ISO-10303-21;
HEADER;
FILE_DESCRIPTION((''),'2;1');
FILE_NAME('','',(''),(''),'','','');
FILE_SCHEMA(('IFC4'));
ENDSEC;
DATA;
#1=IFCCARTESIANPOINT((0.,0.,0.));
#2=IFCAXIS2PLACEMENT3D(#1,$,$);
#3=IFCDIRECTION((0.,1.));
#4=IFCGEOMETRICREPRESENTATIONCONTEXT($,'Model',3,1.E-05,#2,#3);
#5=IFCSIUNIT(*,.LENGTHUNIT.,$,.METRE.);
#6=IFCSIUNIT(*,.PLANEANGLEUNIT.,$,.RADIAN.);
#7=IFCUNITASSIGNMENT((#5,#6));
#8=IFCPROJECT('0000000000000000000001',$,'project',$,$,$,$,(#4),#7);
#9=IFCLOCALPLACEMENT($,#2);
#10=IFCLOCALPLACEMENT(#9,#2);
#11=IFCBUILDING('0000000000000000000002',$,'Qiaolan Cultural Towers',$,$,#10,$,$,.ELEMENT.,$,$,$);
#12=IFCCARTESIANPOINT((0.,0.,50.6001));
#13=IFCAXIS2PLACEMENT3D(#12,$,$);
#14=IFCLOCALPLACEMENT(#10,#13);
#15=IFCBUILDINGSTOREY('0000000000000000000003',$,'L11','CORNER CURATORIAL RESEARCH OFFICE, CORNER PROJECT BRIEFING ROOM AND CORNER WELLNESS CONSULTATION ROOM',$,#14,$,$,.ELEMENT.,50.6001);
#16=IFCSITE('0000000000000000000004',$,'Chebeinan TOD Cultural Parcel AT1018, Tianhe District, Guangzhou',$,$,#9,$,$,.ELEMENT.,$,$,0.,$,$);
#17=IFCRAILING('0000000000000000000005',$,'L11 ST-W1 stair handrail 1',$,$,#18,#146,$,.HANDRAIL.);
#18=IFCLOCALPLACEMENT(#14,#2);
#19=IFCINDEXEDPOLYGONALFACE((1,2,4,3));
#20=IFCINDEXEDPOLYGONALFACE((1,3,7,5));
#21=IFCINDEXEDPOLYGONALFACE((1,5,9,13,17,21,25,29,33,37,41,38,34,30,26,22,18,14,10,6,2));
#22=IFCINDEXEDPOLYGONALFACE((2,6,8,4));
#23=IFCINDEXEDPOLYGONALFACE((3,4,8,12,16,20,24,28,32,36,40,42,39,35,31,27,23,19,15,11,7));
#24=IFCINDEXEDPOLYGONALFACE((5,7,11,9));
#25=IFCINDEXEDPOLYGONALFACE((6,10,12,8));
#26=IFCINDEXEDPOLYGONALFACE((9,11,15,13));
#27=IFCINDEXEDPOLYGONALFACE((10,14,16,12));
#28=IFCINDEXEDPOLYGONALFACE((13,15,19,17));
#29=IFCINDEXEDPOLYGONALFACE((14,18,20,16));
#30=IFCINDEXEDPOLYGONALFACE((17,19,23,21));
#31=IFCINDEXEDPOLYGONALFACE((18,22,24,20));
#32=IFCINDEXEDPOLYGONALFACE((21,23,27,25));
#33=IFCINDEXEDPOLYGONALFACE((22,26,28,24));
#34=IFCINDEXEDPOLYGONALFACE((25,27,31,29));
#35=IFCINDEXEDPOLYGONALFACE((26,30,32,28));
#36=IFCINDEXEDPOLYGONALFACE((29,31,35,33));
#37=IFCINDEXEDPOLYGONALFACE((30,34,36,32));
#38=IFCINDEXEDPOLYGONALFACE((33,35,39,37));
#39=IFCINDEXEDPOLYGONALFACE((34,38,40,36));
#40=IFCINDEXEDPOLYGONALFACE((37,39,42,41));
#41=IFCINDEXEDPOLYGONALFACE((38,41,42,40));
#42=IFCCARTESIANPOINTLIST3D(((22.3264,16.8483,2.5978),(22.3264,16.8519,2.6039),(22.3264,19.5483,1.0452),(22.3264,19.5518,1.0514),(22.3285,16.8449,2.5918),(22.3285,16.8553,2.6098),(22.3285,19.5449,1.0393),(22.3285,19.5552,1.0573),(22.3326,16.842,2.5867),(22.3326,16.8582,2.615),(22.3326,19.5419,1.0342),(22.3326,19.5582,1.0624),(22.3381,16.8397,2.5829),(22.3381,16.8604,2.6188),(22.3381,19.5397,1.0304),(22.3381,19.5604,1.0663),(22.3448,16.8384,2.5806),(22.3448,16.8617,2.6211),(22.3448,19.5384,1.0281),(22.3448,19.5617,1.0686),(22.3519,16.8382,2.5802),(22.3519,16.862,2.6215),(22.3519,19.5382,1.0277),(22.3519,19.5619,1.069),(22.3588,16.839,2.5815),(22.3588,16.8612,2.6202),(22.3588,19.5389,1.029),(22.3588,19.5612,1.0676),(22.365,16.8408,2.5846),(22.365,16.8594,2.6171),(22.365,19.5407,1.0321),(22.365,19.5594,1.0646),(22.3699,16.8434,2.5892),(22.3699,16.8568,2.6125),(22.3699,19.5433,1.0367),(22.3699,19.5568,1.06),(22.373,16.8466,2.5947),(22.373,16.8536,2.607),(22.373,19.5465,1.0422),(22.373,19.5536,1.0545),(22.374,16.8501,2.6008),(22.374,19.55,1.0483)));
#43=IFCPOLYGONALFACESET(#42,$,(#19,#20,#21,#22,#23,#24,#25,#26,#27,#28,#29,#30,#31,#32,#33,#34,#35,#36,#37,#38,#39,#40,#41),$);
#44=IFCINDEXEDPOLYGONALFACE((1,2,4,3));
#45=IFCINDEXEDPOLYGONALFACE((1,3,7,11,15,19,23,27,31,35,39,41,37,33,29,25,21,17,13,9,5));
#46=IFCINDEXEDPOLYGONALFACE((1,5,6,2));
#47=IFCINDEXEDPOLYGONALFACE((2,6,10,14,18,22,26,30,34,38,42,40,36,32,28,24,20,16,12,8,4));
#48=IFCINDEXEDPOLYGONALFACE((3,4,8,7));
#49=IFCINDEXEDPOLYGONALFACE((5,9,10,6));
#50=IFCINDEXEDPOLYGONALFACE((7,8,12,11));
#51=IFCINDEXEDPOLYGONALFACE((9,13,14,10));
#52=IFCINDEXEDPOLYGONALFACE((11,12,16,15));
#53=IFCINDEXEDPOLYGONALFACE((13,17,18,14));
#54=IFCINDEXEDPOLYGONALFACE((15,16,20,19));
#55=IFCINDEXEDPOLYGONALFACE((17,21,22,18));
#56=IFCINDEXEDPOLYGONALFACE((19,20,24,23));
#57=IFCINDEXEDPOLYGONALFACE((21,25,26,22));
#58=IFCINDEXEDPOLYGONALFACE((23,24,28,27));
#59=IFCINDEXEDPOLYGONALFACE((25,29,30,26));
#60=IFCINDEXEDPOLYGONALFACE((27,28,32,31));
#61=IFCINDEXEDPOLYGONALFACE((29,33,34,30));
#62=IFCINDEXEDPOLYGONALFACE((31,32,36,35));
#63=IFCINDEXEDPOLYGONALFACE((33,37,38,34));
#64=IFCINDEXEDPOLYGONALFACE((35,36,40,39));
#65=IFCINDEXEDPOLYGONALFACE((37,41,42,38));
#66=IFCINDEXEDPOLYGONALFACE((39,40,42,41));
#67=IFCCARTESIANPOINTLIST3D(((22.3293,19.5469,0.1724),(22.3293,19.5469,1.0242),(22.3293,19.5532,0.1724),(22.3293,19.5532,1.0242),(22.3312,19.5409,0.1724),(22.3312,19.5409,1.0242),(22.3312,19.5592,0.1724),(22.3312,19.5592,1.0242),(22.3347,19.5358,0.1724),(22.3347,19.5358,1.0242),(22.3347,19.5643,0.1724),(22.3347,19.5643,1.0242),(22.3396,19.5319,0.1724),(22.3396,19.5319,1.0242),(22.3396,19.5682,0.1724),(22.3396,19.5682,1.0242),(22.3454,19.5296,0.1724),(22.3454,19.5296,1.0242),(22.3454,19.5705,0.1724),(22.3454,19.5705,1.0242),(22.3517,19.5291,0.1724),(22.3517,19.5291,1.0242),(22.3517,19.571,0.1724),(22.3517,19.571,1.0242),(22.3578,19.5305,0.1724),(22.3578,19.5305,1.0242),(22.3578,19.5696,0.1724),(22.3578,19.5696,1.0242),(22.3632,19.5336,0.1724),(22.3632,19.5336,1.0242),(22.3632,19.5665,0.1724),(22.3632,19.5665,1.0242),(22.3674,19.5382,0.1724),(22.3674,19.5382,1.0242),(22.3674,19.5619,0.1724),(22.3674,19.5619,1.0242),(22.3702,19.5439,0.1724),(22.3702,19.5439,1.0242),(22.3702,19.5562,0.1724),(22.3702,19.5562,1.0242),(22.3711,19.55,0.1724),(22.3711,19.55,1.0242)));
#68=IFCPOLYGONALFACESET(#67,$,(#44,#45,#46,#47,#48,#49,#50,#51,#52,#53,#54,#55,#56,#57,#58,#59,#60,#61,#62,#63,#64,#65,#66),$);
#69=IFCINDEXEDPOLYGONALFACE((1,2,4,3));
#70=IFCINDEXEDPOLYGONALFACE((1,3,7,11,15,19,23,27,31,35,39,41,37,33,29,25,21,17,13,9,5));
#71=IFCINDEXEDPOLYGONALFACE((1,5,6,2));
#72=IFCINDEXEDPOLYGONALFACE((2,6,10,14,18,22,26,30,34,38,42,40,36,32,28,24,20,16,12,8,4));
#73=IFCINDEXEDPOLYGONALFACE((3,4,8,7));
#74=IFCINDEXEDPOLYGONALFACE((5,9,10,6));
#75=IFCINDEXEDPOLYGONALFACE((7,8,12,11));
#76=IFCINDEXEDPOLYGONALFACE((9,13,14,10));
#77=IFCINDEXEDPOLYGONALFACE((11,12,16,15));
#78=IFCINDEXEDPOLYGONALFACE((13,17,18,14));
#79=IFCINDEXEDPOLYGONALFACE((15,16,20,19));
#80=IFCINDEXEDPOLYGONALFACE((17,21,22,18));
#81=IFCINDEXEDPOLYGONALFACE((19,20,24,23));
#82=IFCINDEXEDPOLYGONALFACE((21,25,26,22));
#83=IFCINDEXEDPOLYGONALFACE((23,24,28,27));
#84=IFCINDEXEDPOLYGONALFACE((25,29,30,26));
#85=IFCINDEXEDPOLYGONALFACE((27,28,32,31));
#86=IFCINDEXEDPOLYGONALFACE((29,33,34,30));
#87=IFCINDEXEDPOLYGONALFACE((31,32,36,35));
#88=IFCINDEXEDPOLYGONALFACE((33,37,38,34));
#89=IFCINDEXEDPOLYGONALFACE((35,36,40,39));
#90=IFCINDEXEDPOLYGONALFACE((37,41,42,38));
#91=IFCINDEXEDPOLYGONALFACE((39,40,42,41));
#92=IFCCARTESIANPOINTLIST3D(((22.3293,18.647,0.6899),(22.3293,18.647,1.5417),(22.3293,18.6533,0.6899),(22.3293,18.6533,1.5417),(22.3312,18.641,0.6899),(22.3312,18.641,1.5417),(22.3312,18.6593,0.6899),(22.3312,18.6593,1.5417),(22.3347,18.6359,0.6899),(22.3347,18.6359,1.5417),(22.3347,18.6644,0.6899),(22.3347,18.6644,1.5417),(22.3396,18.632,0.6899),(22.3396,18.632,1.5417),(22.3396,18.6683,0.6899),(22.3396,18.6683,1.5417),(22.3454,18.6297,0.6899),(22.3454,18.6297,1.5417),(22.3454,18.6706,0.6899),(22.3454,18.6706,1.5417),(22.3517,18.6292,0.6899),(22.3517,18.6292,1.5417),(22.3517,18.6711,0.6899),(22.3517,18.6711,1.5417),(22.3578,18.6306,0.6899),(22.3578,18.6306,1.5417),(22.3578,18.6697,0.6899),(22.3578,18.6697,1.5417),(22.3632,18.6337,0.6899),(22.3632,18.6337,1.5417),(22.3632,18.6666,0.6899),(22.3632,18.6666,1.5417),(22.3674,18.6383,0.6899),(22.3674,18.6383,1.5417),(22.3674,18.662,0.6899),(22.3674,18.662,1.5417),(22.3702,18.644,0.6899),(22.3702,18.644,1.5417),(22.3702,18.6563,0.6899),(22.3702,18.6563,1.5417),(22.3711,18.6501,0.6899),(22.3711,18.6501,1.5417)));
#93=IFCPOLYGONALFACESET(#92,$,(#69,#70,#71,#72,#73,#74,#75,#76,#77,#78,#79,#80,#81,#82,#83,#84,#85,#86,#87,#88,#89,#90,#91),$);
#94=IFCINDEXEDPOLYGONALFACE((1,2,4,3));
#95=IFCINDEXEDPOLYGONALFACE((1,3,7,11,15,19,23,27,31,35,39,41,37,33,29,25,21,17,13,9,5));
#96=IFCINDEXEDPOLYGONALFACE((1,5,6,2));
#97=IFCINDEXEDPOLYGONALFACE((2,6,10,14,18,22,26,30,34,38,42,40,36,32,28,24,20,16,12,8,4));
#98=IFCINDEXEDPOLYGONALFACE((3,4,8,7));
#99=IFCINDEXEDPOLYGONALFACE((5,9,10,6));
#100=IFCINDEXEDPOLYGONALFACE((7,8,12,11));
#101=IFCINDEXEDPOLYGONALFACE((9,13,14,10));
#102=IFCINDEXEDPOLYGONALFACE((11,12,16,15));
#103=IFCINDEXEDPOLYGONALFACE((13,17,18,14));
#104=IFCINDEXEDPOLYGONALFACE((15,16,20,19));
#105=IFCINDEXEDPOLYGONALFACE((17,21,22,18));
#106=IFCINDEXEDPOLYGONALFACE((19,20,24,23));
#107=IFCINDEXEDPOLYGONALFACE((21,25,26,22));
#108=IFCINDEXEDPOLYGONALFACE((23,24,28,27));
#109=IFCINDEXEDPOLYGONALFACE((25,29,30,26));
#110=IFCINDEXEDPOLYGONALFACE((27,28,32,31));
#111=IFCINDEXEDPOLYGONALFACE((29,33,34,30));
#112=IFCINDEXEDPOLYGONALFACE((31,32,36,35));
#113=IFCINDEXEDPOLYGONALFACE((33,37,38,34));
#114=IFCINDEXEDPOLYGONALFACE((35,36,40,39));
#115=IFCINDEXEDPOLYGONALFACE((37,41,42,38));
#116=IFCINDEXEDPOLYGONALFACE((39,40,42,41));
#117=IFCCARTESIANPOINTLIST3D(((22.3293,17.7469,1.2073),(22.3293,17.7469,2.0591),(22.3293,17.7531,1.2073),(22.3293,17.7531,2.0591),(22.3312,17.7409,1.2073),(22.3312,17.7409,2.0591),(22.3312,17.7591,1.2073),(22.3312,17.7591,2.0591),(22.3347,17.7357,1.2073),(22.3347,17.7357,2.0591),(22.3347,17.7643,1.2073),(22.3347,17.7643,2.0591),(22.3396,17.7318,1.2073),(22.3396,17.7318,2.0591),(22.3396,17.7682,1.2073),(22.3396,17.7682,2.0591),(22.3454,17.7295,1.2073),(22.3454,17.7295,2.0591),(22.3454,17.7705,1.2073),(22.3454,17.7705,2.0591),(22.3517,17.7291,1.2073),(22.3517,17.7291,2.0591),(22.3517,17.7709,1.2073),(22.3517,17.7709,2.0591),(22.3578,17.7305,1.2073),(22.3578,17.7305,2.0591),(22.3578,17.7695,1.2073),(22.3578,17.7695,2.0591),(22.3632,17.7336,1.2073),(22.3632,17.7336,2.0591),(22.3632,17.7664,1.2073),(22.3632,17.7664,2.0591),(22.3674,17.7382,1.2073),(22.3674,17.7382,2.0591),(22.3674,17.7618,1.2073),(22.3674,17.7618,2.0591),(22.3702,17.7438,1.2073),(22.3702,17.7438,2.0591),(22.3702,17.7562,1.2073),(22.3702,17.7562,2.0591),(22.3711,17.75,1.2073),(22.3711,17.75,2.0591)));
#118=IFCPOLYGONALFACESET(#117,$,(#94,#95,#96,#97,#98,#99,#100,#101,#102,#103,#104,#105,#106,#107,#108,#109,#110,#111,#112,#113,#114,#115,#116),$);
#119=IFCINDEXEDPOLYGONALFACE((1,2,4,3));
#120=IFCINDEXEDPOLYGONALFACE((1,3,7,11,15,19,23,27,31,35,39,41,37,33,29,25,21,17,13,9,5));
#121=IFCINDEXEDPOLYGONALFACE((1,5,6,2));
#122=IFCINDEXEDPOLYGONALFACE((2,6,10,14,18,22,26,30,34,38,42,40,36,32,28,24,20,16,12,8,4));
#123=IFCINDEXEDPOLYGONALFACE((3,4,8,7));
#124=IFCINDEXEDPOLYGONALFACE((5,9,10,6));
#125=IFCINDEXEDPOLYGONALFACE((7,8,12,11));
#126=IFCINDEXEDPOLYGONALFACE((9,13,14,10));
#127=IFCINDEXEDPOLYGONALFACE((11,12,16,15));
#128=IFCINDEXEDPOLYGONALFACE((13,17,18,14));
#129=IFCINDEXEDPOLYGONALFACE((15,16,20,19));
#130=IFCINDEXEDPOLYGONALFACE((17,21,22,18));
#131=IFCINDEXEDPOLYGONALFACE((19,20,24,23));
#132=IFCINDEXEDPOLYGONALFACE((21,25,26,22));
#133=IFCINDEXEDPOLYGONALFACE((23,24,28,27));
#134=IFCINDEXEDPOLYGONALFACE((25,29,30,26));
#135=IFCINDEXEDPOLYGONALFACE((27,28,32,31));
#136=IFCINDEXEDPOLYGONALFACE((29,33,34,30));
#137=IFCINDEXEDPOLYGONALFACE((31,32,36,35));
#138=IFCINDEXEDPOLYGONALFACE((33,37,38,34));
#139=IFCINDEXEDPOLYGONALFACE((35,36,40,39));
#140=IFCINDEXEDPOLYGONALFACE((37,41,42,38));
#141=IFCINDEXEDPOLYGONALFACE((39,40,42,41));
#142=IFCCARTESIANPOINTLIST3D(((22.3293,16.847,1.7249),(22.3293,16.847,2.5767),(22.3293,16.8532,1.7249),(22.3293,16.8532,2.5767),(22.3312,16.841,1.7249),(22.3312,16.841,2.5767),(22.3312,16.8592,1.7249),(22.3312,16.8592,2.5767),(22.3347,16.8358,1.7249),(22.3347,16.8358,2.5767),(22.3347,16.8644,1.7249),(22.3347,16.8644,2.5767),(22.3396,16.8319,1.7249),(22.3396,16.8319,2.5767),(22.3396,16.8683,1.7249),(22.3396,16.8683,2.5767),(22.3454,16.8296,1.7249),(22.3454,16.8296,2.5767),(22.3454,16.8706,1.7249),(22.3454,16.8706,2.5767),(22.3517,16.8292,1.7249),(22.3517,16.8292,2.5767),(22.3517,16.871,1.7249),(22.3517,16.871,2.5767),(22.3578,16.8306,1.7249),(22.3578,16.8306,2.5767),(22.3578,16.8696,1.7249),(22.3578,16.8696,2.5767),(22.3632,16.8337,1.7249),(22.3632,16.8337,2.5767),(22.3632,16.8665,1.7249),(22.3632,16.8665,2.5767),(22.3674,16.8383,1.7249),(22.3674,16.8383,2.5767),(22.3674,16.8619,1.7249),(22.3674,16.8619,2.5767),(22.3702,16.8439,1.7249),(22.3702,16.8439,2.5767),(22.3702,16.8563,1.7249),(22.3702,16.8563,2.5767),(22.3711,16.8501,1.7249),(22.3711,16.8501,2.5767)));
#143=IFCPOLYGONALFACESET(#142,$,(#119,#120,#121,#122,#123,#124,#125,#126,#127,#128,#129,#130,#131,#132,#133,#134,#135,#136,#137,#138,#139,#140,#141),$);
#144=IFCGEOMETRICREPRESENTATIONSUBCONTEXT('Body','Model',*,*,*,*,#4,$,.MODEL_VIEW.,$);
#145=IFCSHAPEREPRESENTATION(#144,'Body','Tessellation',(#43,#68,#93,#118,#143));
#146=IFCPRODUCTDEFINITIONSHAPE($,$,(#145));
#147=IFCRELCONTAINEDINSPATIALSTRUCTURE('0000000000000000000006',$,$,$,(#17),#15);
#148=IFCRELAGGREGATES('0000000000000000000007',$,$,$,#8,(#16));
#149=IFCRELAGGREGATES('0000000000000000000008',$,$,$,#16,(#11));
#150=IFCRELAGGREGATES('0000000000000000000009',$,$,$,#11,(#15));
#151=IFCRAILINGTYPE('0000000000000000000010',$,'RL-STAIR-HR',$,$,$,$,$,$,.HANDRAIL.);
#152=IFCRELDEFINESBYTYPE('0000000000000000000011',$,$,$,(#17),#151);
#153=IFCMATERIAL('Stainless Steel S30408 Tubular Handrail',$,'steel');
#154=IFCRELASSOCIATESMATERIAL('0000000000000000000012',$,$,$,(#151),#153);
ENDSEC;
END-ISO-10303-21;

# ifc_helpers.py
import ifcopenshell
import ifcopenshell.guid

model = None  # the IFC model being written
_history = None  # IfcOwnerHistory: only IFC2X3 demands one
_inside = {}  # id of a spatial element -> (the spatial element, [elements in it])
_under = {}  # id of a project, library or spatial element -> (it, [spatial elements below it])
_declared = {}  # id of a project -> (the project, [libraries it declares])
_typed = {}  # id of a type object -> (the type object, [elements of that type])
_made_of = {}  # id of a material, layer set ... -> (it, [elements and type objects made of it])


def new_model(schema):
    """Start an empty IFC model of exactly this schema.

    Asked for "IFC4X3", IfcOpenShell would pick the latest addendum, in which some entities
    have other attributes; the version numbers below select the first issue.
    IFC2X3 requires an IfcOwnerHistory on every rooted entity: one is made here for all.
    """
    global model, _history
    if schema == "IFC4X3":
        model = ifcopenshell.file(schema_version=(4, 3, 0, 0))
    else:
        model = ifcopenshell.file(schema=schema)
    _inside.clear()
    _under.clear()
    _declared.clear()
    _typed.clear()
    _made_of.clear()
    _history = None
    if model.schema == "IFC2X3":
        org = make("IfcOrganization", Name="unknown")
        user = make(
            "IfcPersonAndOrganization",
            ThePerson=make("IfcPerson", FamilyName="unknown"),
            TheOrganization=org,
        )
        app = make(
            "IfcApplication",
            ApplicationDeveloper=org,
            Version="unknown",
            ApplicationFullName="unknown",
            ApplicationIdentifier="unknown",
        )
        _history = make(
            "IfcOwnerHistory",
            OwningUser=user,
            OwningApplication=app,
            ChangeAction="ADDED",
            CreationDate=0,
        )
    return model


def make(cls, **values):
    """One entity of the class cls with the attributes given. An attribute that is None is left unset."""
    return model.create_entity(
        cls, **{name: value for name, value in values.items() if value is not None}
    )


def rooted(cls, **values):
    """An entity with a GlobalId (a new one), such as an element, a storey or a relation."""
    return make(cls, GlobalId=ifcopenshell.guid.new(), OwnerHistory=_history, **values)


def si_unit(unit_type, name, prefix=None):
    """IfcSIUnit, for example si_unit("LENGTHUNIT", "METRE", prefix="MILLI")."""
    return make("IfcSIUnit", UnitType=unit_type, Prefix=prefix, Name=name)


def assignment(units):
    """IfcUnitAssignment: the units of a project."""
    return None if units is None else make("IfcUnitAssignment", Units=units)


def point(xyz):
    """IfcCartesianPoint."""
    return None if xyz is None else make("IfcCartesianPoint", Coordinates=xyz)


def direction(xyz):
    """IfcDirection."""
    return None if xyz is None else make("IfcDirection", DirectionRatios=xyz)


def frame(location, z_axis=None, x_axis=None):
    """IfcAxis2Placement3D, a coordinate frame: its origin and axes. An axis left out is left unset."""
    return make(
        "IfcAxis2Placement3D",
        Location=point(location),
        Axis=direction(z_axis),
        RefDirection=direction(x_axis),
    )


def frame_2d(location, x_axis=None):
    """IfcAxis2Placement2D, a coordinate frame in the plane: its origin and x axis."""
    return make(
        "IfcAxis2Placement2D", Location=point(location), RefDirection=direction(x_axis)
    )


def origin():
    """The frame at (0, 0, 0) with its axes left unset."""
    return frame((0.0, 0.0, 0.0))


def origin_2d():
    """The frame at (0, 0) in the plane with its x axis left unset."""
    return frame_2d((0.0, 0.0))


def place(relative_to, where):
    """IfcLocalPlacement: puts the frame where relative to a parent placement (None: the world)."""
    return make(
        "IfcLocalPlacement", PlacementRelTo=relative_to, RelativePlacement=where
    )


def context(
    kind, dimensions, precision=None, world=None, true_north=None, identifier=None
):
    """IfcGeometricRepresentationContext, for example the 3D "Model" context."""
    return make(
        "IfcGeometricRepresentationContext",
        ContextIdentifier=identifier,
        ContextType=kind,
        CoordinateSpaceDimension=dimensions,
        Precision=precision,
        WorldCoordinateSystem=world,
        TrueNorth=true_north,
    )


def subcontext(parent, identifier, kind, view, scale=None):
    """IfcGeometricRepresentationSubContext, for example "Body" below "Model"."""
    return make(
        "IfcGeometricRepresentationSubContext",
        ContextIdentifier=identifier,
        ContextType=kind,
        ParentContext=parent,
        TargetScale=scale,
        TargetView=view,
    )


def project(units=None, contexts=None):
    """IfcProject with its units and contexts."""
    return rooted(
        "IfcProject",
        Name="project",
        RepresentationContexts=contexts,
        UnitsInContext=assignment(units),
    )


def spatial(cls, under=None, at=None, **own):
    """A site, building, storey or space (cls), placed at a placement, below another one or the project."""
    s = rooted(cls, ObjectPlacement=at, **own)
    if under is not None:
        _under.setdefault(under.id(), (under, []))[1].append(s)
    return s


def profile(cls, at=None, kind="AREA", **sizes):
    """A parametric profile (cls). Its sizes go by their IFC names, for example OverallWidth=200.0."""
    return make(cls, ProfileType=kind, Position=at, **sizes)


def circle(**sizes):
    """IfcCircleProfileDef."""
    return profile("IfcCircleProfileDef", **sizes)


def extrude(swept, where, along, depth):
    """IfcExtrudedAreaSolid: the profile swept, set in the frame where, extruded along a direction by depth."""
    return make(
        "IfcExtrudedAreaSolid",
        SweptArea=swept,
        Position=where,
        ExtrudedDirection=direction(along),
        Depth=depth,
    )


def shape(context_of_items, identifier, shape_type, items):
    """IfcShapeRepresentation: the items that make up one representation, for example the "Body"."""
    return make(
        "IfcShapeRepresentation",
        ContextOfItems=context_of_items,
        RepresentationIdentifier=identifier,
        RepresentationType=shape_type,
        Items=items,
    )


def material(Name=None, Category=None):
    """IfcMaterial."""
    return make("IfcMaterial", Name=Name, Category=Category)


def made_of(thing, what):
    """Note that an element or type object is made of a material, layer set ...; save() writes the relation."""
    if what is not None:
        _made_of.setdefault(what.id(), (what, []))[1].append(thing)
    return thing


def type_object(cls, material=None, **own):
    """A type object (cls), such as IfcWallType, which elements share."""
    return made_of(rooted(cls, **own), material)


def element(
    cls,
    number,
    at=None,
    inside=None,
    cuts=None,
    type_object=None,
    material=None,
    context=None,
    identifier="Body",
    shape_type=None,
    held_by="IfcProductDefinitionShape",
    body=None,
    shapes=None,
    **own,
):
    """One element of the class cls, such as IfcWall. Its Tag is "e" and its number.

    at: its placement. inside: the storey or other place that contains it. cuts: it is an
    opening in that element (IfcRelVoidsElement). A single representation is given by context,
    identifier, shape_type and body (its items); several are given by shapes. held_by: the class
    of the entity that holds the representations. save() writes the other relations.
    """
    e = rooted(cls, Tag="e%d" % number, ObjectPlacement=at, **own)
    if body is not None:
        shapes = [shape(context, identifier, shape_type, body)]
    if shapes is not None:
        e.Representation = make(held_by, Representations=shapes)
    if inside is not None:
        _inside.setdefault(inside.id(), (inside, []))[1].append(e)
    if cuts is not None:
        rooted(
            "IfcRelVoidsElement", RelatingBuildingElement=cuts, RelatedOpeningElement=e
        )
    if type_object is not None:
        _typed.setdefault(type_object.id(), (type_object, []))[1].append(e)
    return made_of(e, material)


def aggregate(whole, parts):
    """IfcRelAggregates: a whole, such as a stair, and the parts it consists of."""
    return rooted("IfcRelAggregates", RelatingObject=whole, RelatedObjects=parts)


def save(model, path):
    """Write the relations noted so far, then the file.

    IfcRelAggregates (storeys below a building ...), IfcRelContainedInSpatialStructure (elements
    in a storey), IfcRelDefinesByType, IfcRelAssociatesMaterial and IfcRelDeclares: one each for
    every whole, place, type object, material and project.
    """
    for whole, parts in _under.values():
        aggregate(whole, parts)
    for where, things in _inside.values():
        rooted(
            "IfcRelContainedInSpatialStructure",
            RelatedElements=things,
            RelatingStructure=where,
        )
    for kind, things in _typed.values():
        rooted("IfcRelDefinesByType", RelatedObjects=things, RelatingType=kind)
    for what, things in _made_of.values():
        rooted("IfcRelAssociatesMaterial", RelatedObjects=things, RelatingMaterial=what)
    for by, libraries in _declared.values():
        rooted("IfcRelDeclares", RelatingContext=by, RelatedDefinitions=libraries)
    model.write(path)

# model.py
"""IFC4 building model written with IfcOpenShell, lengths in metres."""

from ifc_helpers import new_model, si_unit, direction, frame, origin, origin_2d, place, context, subcontext, project, spatial, circle, extrude, material, type_object, element, save


model = new_model("IFC4")

# Units and contexts
model_context = context("Model", 3, precision=1e-05, world=origin(), true_north=direction((0.0, 1.0)))
body_context = subcontext(model_context, "Body", "Model", "MODEL_VIEW")
ifc_project = project(units=[si_unit("LENGTHUNIT", "METRE"), si_unit("PLANEANGLEUNIT", "RADIAN")], contexts=[model_context])

# Site, building, storey
site_placement = place(None, origin())
site = spatial("IfcSite", under=ifc_project, at=site_placement, Name="Chebeinan TOD Cultural Parcel AT1018, Tianhe District, Guangzhou", CompositionType="ELEMENT", RefElevation=0.0)
building_placement = place(site_placement, origin())
building = spatial("IfcBuilding", under=site, at=building_placement, Name="Qiaolan Cultural Towers", CompositionType="ELEMENT")
storey_placement = place(building_placement, frame((0.0, 0.0, 50.6001)))
storey = spatial("IfcBuildingStorey", under=building, at=storey_placement, Name="L11", Description="CORNER CURATORIAL RESEARCH OFFICE, CORNER PROJECT BRIEFING ROOM AND CORNER WELLNESS CONSULTATION ROOM", CompositionType="ELEMENT", Elevation=50.6001)

# Railing
ifc_material_1 = material(Name="Stainless Steel S30408 Tubular Handrail", Category="steel")
railing_type_1 = type_object("IfcRailingType", Name="RL-STAIR-HR", PredefinedType="HANDRAIL", material=ifc_material_1)
railing_1_placement = place(storey_placement, frame((22.3501, 19.55, 0.1724)))
element("IfcRailing", 1, at=railing_1_placement, inside=storey, type_object=railing_type_1, Name="L11 ST-W1 stair handrail 1", PredefinedType="HANDRAIL", context=body_context, shape_type="SweptSolid", body=[
    extrude(circle(Radius=0.0239, at=origin_2d()), frame((0.0, 0.0, 0.876), z_axis=(0.0, -0.866904, 0.498476), x_axis=(1.0, 0.0, 0.0)), (0.0, 0.0, 1.0), 3.1145),
    extrude(circle(Radius=0.021, at=origin_2d()), origin(), (0.0, 0.0, 1.0), 0.8518),
    extrude(circle(Radius=0.021, at=origin_2d()), frame((0.0, -0.8999, 0.5176)), (0.0, 0.0, 1.0), 0.8518),
    extrude(circle(Radius=0.021, at=origin_2d()), frame((0.0, -1.8, 1.0349)), (0.0, 0.0, 1.0), 0.8518),
    extrude(circle(Radius=0.021, at=origin_2d()), frame((0.0, -2.7, 1.5525)), (0.0, 0.0, 1.0), 0.8518),
])

save(model, "model.ifc")
